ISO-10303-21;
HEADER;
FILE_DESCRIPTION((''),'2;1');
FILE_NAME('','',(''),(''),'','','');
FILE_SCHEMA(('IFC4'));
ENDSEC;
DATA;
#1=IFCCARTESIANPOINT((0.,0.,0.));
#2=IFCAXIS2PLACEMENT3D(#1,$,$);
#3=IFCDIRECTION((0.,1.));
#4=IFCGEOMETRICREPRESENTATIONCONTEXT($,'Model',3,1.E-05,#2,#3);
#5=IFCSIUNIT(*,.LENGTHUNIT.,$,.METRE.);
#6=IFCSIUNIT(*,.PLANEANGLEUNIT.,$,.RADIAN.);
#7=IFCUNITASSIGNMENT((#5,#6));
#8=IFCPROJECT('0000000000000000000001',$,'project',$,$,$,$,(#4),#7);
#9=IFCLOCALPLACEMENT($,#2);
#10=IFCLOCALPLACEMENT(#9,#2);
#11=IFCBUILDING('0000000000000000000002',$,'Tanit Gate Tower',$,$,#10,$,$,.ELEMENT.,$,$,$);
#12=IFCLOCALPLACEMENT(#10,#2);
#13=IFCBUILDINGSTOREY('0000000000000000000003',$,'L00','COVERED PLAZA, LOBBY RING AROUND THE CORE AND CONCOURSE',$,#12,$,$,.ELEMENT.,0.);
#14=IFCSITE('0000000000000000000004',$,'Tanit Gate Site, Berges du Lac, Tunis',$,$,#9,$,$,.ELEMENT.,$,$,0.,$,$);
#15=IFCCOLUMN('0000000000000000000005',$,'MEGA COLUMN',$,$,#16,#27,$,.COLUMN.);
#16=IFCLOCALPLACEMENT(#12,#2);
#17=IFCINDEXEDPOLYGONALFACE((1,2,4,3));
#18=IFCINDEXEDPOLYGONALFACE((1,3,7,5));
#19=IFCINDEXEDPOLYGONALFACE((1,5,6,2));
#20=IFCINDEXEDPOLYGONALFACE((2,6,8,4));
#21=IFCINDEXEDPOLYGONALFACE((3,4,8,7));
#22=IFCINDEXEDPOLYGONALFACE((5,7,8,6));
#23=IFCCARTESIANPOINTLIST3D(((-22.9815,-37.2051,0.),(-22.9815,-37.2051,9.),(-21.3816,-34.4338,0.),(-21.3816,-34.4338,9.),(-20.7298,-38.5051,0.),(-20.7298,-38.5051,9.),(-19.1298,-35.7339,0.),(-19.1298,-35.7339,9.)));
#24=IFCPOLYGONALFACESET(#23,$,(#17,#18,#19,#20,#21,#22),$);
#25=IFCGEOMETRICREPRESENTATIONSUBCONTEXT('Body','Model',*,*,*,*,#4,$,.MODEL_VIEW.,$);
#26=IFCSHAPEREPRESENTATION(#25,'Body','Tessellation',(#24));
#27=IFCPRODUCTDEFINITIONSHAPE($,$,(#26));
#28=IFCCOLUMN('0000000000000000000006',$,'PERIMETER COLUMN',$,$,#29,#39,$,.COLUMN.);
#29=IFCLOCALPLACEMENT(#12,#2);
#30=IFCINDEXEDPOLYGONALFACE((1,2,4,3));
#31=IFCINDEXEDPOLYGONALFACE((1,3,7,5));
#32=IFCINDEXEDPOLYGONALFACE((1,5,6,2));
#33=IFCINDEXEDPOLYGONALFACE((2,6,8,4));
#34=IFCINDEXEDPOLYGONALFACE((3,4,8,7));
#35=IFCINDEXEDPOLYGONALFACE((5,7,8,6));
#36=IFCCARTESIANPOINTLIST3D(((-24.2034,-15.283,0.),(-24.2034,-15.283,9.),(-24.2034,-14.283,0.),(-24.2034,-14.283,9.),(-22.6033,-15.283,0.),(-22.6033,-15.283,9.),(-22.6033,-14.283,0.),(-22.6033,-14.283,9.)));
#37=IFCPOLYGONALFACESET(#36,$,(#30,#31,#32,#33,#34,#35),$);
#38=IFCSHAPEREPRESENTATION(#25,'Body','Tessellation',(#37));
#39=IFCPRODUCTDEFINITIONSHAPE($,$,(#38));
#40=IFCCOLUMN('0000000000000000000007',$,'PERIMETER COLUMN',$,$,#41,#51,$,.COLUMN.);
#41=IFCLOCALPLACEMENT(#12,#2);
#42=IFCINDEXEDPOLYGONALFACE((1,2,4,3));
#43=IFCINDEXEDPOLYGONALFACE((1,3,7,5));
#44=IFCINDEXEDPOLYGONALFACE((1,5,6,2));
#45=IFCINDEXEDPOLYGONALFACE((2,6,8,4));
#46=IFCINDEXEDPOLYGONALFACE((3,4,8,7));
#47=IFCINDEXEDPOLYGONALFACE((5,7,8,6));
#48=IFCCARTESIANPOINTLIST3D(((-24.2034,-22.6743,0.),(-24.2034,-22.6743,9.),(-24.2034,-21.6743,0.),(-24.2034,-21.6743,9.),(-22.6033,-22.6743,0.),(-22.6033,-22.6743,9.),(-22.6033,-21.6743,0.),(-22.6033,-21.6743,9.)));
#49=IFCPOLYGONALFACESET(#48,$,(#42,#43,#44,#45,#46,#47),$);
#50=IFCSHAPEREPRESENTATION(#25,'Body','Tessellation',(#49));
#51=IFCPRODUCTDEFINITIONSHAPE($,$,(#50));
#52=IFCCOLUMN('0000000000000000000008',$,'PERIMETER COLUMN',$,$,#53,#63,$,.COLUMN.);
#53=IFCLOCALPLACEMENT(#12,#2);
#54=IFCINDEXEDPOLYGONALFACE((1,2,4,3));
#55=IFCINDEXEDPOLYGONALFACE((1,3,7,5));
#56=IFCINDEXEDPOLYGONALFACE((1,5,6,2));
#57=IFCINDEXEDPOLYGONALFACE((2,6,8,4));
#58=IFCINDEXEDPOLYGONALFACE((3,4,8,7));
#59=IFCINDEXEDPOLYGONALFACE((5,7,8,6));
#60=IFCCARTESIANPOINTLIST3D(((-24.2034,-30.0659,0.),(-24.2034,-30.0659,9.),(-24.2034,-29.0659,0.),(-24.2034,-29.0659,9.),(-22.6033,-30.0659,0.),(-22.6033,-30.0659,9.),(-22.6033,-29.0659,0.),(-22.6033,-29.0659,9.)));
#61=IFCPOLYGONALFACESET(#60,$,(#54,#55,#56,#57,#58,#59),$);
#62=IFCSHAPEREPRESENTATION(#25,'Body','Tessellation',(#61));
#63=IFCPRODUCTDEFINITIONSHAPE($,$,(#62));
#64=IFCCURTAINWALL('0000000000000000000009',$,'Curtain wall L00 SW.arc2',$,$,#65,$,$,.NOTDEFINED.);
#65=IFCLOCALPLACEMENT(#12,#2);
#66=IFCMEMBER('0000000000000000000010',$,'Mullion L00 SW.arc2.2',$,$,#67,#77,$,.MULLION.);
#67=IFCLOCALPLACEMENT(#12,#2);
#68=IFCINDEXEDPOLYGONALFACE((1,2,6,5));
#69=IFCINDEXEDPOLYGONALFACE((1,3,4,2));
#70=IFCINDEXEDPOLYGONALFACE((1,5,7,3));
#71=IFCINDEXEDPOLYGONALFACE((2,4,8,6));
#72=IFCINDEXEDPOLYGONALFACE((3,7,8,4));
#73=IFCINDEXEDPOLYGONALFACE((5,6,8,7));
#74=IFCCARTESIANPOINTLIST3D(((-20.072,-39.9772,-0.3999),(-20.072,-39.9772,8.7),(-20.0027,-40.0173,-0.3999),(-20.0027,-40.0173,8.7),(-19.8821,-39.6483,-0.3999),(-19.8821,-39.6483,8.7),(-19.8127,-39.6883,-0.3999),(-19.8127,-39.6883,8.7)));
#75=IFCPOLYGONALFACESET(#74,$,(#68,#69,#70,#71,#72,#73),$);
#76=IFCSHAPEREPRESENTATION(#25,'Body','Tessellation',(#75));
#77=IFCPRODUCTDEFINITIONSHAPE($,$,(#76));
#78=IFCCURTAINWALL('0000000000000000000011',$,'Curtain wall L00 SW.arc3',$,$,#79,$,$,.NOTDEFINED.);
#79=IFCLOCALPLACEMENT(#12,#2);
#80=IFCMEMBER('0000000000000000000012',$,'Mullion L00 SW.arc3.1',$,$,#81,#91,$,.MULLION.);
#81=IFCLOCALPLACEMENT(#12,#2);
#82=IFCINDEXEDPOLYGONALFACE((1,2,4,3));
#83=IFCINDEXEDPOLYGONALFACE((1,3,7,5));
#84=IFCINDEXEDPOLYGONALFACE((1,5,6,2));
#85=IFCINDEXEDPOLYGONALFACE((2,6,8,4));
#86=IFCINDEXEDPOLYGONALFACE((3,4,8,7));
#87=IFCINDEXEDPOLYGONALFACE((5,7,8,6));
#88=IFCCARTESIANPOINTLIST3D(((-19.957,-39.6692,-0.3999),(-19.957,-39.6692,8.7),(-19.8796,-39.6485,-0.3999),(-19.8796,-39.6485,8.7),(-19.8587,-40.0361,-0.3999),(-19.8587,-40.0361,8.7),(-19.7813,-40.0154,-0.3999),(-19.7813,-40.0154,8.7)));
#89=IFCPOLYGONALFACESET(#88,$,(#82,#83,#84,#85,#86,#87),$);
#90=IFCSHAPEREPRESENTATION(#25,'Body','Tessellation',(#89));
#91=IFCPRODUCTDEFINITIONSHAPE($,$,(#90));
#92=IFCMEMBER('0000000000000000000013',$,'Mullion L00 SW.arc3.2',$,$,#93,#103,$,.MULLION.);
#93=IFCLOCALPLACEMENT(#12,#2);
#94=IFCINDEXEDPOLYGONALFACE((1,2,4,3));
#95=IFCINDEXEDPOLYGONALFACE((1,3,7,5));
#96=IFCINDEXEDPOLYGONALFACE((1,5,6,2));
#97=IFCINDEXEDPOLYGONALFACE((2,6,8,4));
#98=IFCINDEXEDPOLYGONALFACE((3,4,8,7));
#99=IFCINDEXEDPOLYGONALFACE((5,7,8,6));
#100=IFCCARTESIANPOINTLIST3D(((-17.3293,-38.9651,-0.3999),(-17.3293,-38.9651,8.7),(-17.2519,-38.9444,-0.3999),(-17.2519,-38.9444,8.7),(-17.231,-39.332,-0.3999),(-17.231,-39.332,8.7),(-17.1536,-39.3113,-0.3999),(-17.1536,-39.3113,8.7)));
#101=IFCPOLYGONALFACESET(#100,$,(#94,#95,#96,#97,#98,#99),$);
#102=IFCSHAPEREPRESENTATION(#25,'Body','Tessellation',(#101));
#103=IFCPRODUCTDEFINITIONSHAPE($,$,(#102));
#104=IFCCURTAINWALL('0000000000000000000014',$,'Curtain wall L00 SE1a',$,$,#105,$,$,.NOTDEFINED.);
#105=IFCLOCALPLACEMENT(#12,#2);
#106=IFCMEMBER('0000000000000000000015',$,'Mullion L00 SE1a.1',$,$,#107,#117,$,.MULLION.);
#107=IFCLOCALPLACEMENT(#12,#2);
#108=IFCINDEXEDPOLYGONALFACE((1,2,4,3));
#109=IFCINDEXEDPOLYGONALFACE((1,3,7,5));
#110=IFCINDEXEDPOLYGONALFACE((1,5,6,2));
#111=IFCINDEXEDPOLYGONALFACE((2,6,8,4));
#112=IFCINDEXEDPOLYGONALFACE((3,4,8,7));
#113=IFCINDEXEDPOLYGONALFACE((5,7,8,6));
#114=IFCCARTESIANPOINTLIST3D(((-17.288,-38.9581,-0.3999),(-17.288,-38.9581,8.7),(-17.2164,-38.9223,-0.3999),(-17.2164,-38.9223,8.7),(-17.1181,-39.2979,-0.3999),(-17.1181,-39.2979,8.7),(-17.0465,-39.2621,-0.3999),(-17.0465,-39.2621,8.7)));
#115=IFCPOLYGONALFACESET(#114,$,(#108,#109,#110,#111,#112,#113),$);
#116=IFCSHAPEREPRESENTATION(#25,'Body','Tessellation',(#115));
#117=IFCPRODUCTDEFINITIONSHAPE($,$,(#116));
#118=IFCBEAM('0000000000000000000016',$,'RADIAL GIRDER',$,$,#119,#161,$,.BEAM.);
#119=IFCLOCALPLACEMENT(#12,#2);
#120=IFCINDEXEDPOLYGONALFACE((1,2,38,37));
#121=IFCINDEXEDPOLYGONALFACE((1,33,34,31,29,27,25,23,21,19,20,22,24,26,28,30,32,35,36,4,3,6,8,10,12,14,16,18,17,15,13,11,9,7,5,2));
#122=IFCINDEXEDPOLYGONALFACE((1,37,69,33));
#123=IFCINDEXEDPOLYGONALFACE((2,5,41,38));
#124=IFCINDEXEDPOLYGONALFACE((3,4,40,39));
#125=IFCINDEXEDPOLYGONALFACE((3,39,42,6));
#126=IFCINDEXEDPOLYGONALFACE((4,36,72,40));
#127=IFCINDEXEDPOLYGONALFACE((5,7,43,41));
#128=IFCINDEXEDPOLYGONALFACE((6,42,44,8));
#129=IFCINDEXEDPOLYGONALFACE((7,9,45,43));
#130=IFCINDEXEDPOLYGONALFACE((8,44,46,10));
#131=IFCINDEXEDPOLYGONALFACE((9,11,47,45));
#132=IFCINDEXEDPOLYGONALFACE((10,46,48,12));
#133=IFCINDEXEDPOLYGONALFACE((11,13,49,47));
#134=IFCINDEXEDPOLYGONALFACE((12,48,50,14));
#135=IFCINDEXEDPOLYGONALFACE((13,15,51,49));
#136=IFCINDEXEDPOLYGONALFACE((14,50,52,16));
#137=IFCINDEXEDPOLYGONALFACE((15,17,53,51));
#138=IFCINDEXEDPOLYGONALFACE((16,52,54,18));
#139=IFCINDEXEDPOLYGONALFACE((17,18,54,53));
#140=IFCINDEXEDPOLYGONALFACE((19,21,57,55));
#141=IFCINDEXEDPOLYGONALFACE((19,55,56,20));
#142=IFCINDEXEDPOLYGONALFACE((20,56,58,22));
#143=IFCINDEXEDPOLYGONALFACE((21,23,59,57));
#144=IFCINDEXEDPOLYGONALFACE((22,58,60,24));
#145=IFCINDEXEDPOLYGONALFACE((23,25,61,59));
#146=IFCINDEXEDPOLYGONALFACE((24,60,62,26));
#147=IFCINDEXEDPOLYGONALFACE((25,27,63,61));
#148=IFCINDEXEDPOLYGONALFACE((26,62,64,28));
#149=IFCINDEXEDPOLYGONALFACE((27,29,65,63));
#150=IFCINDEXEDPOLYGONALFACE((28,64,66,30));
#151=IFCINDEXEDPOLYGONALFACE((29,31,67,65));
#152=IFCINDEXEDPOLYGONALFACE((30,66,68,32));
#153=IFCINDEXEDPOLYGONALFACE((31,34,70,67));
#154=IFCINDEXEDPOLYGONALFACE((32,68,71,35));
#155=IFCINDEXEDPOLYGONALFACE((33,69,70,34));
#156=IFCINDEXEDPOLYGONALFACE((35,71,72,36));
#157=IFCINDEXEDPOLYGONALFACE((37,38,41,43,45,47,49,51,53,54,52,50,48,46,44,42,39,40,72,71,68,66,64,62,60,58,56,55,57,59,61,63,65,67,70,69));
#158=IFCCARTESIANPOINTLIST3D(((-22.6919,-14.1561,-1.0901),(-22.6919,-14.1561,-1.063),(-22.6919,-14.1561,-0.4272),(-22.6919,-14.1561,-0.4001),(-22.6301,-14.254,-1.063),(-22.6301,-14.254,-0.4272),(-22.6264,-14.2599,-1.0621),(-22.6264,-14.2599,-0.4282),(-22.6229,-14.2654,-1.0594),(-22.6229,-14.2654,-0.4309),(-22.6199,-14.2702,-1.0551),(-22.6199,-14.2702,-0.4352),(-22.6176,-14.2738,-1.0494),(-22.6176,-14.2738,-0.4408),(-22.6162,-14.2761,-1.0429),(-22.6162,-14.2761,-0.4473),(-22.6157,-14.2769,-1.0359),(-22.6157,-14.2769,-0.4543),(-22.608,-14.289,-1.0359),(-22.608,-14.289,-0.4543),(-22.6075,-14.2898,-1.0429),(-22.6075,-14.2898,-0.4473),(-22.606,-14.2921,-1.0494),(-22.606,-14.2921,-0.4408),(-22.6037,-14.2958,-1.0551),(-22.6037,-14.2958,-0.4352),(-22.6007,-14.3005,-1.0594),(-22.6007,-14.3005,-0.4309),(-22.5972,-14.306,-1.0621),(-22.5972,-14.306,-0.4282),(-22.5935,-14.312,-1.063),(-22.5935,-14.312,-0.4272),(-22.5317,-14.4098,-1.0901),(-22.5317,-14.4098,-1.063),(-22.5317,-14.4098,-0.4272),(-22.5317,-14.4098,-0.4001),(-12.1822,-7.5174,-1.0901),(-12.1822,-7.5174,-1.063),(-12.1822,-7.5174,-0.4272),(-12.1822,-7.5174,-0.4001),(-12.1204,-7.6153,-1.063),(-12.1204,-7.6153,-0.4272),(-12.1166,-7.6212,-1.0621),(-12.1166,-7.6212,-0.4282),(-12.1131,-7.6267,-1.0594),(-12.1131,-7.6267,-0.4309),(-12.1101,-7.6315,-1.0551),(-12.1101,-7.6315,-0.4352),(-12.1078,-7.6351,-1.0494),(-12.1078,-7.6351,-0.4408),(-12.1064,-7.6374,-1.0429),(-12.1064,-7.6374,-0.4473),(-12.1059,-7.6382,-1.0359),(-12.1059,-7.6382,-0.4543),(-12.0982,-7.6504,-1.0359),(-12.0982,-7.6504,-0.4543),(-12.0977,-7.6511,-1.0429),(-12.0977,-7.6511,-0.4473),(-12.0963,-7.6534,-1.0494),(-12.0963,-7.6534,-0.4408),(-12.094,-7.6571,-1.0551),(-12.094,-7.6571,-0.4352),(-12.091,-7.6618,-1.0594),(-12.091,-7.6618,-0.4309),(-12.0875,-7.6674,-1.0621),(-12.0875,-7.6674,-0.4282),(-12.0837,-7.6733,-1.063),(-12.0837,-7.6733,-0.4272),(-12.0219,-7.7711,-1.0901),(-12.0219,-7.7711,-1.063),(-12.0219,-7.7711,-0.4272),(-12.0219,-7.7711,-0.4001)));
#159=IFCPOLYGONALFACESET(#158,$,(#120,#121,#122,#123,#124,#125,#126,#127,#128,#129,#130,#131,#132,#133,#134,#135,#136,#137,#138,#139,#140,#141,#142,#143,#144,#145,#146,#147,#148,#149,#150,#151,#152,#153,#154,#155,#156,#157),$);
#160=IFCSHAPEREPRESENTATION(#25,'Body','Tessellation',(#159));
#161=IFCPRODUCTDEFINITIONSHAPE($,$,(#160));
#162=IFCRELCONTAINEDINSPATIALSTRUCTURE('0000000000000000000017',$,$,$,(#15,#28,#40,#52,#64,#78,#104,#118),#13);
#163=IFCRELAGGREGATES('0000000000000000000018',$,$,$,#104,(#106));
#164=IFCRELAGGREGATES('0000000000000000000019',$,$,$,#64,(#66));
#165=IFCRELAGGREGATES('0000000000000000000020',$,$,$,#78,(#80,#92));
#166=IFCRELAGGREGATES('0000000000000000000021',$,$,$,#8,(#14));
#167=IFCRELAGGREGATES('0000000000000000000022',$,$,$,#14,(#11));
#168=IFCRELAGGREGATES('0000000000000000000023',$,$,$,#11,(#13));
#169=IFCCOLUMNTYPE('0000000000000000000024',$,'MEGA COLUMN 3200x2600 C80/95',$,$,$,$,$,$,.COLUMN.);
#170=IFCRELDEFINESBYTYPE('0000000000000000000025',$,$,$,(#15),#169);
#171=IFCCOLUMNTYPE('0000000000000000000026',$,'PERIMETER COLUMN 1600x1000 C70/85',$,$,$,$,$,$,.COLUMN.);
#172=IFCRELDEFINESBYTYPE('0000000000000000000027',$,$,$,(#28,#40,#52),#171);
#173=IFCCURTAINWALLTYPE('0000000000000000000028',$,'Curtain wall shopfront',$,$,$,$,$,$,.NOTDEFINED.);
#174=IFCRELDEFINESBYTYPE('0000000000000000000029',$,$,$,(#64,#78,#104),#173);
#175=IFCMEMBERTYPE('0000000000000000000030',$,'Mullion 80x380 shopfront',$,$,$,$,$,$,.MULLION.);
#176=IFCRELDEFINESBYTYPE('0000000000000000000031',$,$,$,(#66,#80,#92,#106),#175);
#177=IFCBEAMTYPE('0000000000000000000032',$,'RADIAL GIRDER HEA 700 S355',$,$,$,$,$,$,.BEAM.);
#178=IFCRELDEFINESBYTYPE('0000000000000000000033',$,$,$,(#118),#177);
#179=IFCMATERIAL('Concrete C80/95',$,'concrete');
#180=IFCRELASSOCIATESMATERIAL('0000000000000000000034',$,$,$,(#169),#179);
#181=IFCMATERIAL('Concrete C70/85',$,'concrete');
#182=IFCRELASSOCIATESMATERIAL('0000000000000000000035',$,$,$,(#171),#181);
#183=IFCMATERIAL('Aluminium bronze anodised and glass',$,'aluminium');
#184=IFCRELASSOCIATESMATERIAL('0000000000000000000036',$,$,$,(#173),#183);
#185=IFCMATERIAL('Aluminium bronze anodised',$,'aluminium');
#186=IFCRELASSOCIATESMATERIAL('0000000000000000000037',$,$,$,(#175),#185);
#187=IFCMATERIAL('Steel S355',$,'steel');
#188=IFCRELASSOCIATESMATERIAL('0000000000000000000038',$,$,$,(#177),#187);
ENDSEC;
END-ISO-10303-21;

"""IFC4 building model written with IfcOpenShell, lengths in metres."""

from ifc_helpers import new_model, si_unit, direction, frame, origin, origin_2d, place, context, subcontext, project, spatial, rectangle, i_section, extrude, material, material_profile, profile_set, type_object, element, aggregate, save


model = new_model("IFC4")

# Units and contexts
model_context = context("Model", 3, precision=1e-05, world=origin(), true_north=direction((0.0, 1.0)))
body_context = subcontext(model_context, "Body", "Model", "MODEL_VIEW")
ifc_project = project(units=[si_unit("LENGTHUNIT", "METRE"), si_unit("PLANEANGLEUNIT", "RADIAN")], contexts=[model_context])

# Site, building, storey
site_placement = place(None, origin())
site = spatial("IfcSite", under=ifc_project, at=site_placement, Name="Tanit Gate Site, Berges du Lac, Tunis", CompositionType="ELEMENT", RefElevation=0.0)
building_placement = place(site_placement, origin())
building = spatial("IfcBuilding", under=site, at=building_placement, Name="Tanit Gate Tower", CompositionType="ELEMENT")
storey_placement = place(building_placement, origin())
storey = spatial("IfcBuildingStorey", under=building, at=storey_placement, Name="L00", Description="COVERED PLAZA, LOBBY RING AROUND THE CORE AND CONCOURSE", CompositionType="ELEMENT", Elevation=0.0)

# Columns
ifc_material_1 = material(Name="Concrete C80/95", Category="concrete")
ifc_material_profile_1 = material_profile(ifc_material_1, rectangle(XDim=3.2, YDim=2.6001, at=origin_2d()), Name="RC 3200x2600")
ifc_profile_set_1 = profile_set([ifc_material_profile_1], Name="Concrete C80/95")
column_type_1 = type_object("IfcColumnType", Name="MEGA COLUMN 3200x2600 C80/95", PredefinedType="COLUMN", material=ifc_profile_set_1)
column_placement = place(storey_placement, frame((-21.0557, -36.4695, 0.0), z_axis=(0.0, 0.0, 1.0), x_axis=(-0.5, -0.866025, 0.0)))
element("IfcColumn", 1, at=column_placement, inside=storey, type_object=column_type_1, Name="MEGA COLUMN", PredefinedType="COLUMN", context=body_context, shape_type="SweptSolid", body=[
    extrude(rectangle(XDim=3.2, YDim=2.6001, at=origin_2d()), origin(), (0.0, 0.0, 1.0), 9.0),
])
ifc_material_2 = material(Name="Concrete C70/85", Category="concrete")
ifc_material_profile_2 = material_profile(ifc_material_2, rectangle(XDim=1.6001, YDim=1.0, at=origin_2d()), Name="RC 1600x1000")
ifc_profile_set_2 = profile_set([ifc_material_profile_2], Name="Concrete C70/85")
column_type_2 = type_object("IfcColumnType", Name="PERIMETER COLUMN 1600x1000 C70/85", PredefinedType="COLUMN", material=ifc_profile_set_2)
for number, where, z_axis, x_axis, name in (
    (2, (-23.4033, -14.783, 0.0), (0.0, 0.0, 1.0), (-1.0, 0.0, 0.0), "PERIMETER COLUMN"),
    (3, (-23.4033, -22.1743, 0.0), (0.0, 0.0, 1.0), (-1.0, 0.0, 0.0), "PERIMETER COLUMN"),
    (4, (-23.4033, -29.5659, 0.0), (0.0, 0.0, 1.0), (-1.0, 0.0, 0.0), "PERIMETER COLUMN"),
):
    element("IfcColumn", number, at=place(storey_placement, frame(where, z_axis=z_axis, x_axis=x_axis)), inside=storey, type_object=column_type_2, Name=name, PredefinedType="COLUMN", context=body_context, shape_type="SweptSolid", body=[
        extrude(rectangle(XDim=1.6001, YDim=1.0, at=origin_2d()), origin(), (0.0, 0.0, 1.0), 9.0),
    ])

# Curtain wall, member
ifc_material_3 = material(Name="Aluminium bronze anodised and glass", Category="aluminium")
curtain_wall_type = type_object("IfcCurtainWallType", Name="Curtain wall shopfront", PredefinedType="NOTDEFINED", material=ifc_material_3)
curtain_wall_1_placement = place(storey_placement, origin())
curtain_wall_1 = element("IfcCurtainWall", 5, at=curtain_wall_1_placement, inside=storey, type_object=curtain_wall_type, Name="Curtain wall L00 SW.arc2", PredefinedType="NOTDEFINED")
ifc_material_4 = material(Name="Aluminium bronze anodised", Category="aluminium")
ifc_material_profile_3 = material_profile(ifc_material_4, rectangle(XDim=0.3799, YDim=0.0801, at=origin_2d()), Name="80x380 bronze mullion")
ifc_profile_set_3 = profile_set([ifc_material_profile_3], Name="Aluminium bronze anodised")
member_type_1 = type_object("IfcMemberType", Name="Mullion 80x380 shopfront", PredefinedType="MULLION", material=ifc_profile_set_3)
member_1_placement = place(storey_placement, frame((-19.9424, -39.8328, -0.3999), z_axis=(0.0, 0.0, 1.0), x_axis=(0.5, 0.866025, 0.0)))
member_1 = element("IfcMember", 6, at=member_1_placement, type_object=member_type_1, Name="Mullion L00 SW.arc2.2", PredefinedType="MULLION", context=body_context, shape_type="SweptSolid", body=[
    extrude(rectangle(XDim=0.3799, YDim=0.0801, at=origin_2d()), origin(), (0.0, 0.0, 1.0), 9.0999),
])

# Curtain wall, members
curtain_wall_2_placement = place(storey_placement, origin())
curtain_wall_2 = element("IfcCurtainWall", 7, at=curtain_wall_2_placement, inside=storey, type_object=curtain_wall_type, Name="Curtain wall L00 SW.arc3", PredefinedType="NOTDEFINED")
member_2_placement = place(storey_placement, frame((-19.8691, -39.8423, -0.3999), z_axis=(0.0, 0.0, 1.0), x_axis=(-0.258819, 0.965926, 0.0)))
member_2 = element("IfcMember", 8, at=member_2_placement, type_object=member_type_1, Name="Mullion L00 SW.arc3.1", PredefinedType="MULLION", context=body_context, shape_type="SweptSolid", body=[
    extrude(rectangle(XDim=0.3799, YDim=0.0801, at=origin_2d()), origin(), (0.0, 0.0, 1.0), 9.0999),
])
member_3_placement = place(storey_placement, frame((-17.2415, -39.1382, -0.3999), z_axis=(0.0, 0.0, 1.0), x_axis=(-0.258819, 0.965926, 0.0)))
member_3 = element("IfcMember", 9, at=member_3_placement, type_object=member_type_1, Name="Mullion L00 SW.arc3.2", PredefinedType="MULLION", context=body_context, shape_type="SweptSolid", body=[
    extrude(rectangle(XDim=0.3799, YDim=0.0801, at=origin_2d()), origin(), (0.0, 0.0, 1.0), 9.0999),
])

# Curtain wall, member
curtain_wall_3_placement = place(storey_placement, origin())
curtain_wall_3 = element("IfcCurtainWall", 10, at=curtain_wall_3_placement, inside=storey, type_object=curtain_wall_type, Name="Curtain wall L00 SE1a", PredefinedType="NOTDEFINED")
member_4_placement = place(storey_placement, frame((-17.1672, -39.1101, -0.3999), z_axis=(0.0, 0.0, 1.0), x_axis=(-0.447307, 0.894381, 0.0)))
member_4 = element("IfcMember", 11, at=member_4_placement, type_object=member_type_1, Name="Mullion L00 SE1a.1", PredefinedType="MULLION", context=body_context, shape_type="SweptSolid", body=[
    extrude(rectangle(XDim=0.3799, YDim=0.0801, at=origin_2d()), origin(), (0.0, 0.0, 1.0), 9.0999),
])

# Beam
ifc_material_5 = material(Name="Steel S355", Category="steel")
ifc_material_profile_4 = material_profile(ifc_material_5, i_section(OverallWidth=0.3, OverallDepth=0.6899, WebThickness=0.0144, FlangeThickness=0.0271, FilletRadius=0.0271, at=origin_2d()), Name="HEA 700")
ifc_profile_set_4 = profile_set([ifc_material_profile_4], Name="Steel S355")
beam_type_1 = type_object("IfcBeamType", Name="RADIAL GIRDER HEA 700 S355", PredefinedType="BEAM", material=ifc_profile_set_4)
beam_1_placement = place(storey_placement, frame((-22.6118, -14.283, -0.7451), z_axis=(0.845455, 0.534046, 0.0), x_axis=(-0.534046, 0.845455, 0.0)))
element("IfcBeam", 12, at=beam_1_placement, inside=storey, type_object=beam_type_1, Name="RADIAL GIRDER", PredefinedType="BEAM", context=body_context, shape_type="SweptSolid", body=[
    extrude(i_section(OverallWidth=0.3, OverallDepth=0.6899, WebThickness=0.0144, FlangeThickness=0.0271, FilletRadius=0.0271, at=origin_2d()), origin(), (0.0, 0.0, 1.0), 12.4309),
])

aggregate(curtain_wall_3, [member_4])

aggregate(curtain_wall_1, [member_1])
aggregate(curtain_wall_2, [member_2, member_3])

save(model, "model.ifc")
